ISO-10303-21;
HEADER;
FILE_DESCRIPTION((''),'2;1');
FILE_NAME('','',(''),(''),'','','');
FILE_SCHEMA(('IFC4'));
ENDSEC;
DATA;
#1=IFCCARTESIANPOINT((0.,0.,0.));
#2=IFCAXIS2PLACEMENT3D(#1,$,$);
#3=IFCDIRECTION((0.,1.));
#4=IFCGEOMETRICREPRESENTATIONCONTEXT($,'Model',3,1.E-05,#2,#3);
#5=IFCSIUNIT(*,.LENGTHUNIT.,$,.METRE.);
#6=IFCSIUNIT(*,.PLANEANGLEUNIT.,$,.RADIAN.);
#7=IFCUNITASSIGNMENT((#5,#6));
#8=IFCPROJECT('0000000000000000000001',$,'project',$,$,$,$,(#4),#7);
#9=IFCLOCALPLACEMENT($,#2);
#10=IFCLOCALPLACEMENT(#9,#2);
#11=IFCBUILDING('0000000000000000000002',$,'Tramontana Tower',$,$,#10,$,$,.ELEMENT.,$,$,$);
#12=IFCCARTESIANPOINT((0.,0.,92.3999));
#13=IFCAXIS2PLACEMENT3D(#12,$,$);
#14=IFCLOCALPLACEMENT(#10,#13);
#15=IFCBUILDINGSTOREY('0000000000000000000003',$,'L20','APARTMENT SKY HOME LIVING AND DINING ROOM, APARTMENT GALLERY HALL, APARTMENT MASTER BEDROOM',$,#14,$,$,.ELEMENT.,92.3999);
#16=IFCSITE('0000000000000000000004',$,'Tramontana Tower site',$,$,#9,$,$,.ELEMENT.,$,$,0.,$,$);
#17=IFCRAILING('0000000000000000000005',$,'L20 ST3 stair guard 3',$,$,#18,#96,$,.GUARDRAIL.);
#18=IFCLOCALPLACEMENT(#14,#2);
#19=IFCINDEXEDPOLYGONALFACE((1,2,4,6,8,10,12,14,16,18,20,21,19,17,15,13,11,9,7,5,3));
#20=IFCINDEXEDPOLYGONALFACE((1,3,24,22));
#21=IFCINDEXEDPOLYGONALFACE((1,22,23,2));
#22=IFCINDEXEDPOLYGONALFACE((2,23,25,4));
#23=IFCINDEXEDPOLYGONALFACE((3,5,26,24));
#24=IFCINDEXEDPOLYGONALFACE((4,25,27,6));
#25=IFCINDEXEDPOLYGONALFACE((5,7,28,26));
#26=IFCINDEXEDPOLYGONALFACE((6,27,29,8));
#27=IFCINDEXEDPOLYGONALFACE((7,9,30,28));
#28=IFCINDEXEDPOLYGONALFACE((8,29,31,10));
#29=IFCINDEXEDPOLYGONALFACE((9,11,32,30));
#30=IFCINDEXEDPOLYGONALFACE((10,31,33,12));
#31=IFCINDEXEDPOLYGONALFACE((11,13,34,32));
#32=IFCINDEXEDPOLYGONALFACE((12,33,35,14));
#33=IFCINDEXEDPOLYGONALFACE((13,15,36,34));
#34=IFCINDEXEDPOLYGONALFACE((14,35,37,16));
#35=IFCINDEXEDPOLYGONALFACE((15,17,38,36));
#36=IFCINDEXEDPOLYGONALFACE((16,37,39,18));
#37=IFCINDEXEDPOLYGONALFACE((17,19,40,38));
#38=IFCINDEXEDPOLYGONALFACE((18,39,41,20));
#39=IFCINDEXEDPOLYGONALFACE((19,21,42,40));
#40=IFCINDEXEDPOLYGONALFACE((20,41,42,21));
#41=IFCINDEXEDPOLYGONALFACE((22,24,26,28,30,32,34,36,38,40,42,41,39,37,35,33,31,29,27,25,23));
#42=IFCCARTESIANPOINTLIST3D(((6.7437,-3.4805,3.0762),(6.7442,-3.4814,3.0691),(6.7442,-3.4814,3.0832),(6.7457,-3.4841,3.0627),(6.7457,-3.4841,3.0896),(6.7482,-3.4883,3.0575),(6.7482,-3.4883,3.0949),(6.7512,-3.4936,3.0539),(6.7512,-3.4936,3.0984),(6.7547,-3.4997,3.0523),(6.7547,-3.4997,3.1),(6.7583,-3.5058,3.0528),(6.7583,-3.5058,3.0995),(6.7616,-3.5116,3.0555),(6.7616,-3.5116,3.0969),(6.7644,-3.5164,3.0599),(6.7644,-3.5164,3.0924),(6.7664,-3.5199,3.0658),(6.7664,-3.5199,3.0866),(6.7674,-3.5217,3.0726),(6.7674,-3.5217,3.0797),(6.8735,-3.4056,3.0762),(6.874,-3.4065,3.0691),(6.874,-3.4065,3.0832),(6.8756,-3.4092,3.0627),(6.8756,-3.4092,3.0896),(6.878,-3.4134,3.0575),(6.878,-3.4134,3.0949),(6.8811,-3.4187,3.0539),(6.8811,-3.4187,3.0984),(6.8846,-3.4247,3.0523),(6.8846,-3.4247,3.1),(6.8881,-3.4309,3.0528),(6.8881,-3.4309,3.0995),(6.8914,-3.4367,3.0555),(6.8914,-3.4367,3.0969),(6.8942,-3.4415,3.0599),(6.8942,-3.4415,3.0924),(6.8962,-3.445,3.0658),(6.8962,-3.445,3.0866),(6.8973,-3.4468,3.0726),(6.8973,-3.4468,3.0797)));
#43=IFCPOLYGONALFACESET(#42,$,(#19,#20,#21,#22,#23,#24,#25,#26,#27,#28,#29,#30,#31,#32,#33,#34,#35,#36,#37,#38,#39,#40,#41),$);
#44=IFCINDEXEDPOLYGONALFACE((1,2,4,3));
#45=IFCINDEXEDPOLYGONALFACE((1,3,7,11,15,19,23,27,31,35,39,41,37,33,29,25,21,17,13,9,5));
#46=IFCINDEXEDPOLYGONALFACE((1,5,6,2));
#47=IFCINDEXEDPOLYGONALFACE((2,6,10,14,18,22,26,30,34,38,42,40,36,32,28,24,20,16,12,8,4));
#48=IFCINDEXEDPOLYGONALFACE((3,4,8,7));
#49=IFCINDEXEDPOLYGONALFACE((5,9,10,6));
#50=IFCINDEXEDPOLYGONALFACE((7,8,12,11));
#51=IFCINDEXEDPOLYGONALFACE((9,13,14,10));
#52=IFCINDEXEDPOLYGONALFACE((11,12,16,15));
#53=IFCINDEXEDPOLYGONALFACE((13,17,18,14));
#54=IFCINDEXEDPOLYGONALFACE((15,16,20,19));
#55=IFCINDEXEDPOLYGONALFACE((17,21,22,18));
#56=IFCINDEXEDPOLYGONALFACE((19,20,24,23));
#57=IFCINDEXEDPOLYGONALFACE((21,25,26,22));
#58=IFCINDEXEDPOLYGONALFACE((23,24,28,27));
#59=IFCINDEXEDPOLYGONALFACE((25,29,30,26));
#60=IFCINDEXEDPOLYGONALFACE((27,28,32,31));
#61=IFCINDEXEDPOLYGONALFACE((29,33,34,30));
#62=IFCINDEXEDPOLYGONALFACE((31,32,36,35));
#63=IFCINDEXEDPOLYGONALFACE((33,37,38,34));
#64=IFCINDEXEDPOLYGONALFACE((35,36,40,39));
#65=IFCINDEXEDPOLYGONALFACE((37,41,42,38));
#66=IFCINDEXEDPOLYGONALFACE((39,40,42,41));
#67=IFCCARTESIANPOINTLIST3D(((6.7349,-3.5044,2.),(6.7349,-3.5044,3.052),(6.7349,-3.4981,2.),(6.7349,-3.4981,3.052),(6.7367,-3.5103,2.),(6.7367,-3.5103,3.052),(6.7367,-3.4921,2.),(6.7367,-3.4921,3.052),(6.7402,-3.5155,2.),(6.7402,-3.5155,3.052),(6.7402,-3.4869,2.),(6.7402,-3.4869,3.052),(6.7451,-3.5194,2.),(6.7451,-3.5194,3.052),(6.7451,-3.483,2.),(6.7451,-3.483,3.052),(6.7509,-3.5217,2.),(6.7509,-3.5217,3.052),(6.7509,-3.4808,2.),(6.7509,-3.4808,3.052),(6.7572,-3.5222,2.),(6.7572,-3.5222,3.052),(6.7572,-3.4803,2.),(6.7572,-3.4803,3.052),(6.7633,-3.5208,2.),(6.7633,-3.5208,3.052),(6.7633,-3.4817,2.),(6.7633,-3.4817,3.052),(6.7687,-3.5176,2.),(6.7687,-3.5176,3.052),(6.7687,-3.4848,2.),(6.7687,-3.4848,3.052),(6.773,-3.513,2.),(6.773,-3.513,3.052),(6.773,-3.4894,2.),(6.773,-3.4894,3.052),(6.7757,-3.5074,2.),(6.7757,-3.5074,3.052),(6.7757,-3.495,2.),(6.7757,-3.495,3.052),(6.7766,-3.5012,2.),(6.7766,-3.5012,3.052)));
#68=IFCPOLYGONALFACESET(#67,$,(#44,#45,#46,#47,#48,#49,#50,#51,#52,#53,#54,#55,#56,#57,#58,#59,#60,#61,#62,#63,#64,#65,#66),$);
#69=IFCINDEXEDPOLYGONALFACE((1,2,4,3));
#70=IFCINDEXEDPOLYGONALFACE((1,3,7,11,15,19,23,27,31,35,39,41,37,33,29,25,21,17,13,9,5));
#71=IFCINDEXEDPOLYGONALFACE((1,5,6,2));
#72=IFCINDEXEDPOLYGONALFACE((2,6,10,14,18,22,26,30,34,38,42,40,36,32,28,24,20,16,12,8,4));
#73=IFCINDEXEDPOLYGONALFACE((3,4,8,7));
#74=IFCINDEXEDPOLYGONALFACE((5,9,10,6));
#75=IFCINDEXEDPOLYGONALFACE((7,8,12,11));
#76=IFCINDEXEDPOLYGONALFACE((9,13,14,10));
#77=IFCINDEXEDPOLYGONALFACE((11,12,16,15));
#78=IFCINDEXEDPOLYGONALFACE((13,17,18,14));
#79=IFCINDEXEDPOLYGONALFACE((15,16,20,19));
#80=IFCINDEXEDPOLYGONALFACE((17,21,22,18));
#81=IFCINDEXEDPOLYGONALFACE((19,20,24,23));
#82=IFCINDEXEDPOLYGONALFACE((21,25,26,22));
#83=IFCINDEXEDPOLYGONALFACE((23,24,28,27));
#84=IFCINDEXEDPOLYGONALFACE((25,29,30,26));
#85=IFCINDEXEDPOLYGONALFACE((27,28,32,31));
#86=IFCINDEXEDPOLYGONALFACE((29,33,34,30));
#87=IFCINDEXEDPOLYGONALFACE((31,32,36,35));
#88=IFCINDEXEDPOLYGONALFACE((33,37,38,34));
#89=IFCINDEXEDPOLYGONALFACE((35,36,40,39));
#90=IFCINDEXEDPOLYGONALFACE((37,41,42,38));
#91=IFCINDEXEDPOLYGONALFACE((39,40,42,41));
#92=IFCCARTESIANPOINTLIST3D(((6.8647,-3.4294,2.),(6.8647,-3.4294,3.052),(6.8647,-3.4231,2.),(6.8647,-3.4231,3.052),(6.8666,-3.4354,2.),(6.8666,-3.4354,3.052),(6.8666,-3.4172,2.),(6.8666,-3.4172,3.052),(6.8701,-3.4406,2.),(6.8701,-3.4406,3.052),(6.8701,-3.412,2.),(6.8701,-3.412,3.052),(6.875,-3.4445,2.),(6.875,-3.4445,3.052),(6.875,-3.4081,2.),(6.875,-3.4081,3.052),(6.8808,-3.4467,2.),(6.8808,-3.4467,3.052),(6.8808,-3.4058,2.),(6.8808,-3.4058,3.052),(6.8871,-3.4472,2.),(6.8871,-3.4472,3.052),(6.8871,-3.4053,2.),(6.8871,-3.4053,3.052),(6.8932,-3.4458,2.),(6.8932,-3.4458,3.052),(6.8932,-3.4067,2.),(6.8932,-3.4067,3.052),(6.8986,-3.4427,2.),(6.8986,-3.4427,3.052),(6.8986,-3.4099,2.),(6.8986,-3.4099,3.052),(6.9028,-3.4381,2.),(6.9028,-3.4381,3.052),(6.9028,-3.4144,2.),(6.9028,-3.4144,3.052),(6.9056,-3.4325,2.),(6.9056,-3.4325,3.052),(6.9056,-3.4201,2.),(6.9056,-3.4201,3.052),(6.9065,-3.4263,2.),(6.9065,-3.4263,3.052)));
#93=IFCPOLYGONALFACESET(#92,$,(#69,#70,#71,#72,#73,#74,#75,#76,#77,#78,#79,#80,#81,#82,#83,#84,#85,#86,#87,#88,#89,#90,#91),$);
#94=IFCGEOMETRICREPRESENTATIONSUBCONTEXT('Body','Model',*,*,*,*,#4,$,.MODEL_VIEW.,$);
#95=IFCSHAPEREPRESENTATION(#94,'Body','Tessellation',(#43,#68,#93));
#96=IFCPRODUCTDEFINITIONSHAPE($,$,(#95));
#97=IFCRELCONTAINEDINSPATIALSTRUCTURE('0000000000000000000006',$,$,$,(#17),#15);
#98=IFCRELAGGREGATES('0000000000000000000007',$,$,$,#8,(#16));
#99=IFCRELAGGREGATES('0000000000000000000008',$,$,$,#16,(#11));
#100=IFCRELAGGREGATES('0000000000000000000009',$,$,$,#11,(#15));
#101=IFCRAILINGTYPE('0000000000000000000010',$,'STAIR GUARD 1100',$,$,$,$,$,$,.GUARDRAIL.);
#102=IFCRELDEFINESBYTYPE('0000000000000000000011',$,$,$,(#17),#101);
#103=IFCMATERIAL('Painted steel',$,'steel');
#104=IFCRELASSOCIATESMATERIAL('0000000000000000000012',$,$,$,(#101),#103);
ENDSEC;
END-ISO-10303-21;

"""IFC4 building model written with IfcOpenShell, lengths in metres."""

from ifc_helpers import new_model, si_unit, direction, frame, origin, origin_2d, place, context, subcontext, project, spatial, circle, extrude, material, type_object, element, save


model = new_model("IFC4")

# Units and contexts
model_context = context("Model", 3, precision=1e-05, world=origin(), true_north=direction((0.0, 1.0)))
body_context = subcontext(model_context, "Body", "Model", "MODEL_VIEW")
ifc_project = project(units=[si_unit("LENGTHUNIT", "METRE"), si_unit("PLANEANGLEUNIT", "RADIAN")], contexts=[model_context])

# Site, building, storey
site_placement = place(None, origin())
site = spatial("IfcSite", under=ifc_project, at=site_placement, Name="Tramontana Tower site", CompositionType="ELEMENT", RefElevation=0.0)
building_placement = place(site_placement, origin())
building = spatial("IfcBuilding", under=site, at=building_placement, Name="Tramontana Tower", CompositionType="ELEMENT")
storey_placement = place(building_placement, frame((0.0, 0.0, 92.3999)))
storey = spatial("IfcBuildingStorey", under=building, at=storey_placement, Name="L20", Description="APARTMENT SKY HOME LIVING AND DINING ROOM, APARTMENT GALLERY HALL, APARTMENT MASTER BEDROOM", CompositionType="ELEMENT", Elevation=92.3999)

# Railing
ifc_material_1 = material(Name="Painted steel", Category="steel")
railing_type_1 = type_object("IfcRailingType", Name="STAIR GUARD 1100", PredefinedType="GUARDRAIL", material=ifc_material_1)
railing_1_placement = place(storey_placement, frame((6.7556, -3.5012, 2.0)))
element("IfcRailing", 1, at=railing_1_placement, inside=storey, type_object=railing_type_1, Name="L20 ST3 stair guard 3", PredefinedType="GUARDRAIL", context=body_context, shape_type="SweptSolid", body=[
    extrude(circle(Radius=0.0239, at=origin_2d()), frame((0.0, 0.0, 1.0762), z_axis=(0.866131, 0.499816, 0.0), x_axis=(-0.499816, 0.866131, 0.0)), (0.0, 0.0, 1.0), 0.1499),
    extrude(circle(Radius=0.021, at=origin_2d()), origin(), (0.0, 0.0, 1.0), 1.052),
    extrude(circle(Radius=0.021, at=origin_2d()), frame((0.1299, 0.075, 0.0)), (0.0, 0.0, 1.0), 1.052),
])

save(model, "model.ifc")
